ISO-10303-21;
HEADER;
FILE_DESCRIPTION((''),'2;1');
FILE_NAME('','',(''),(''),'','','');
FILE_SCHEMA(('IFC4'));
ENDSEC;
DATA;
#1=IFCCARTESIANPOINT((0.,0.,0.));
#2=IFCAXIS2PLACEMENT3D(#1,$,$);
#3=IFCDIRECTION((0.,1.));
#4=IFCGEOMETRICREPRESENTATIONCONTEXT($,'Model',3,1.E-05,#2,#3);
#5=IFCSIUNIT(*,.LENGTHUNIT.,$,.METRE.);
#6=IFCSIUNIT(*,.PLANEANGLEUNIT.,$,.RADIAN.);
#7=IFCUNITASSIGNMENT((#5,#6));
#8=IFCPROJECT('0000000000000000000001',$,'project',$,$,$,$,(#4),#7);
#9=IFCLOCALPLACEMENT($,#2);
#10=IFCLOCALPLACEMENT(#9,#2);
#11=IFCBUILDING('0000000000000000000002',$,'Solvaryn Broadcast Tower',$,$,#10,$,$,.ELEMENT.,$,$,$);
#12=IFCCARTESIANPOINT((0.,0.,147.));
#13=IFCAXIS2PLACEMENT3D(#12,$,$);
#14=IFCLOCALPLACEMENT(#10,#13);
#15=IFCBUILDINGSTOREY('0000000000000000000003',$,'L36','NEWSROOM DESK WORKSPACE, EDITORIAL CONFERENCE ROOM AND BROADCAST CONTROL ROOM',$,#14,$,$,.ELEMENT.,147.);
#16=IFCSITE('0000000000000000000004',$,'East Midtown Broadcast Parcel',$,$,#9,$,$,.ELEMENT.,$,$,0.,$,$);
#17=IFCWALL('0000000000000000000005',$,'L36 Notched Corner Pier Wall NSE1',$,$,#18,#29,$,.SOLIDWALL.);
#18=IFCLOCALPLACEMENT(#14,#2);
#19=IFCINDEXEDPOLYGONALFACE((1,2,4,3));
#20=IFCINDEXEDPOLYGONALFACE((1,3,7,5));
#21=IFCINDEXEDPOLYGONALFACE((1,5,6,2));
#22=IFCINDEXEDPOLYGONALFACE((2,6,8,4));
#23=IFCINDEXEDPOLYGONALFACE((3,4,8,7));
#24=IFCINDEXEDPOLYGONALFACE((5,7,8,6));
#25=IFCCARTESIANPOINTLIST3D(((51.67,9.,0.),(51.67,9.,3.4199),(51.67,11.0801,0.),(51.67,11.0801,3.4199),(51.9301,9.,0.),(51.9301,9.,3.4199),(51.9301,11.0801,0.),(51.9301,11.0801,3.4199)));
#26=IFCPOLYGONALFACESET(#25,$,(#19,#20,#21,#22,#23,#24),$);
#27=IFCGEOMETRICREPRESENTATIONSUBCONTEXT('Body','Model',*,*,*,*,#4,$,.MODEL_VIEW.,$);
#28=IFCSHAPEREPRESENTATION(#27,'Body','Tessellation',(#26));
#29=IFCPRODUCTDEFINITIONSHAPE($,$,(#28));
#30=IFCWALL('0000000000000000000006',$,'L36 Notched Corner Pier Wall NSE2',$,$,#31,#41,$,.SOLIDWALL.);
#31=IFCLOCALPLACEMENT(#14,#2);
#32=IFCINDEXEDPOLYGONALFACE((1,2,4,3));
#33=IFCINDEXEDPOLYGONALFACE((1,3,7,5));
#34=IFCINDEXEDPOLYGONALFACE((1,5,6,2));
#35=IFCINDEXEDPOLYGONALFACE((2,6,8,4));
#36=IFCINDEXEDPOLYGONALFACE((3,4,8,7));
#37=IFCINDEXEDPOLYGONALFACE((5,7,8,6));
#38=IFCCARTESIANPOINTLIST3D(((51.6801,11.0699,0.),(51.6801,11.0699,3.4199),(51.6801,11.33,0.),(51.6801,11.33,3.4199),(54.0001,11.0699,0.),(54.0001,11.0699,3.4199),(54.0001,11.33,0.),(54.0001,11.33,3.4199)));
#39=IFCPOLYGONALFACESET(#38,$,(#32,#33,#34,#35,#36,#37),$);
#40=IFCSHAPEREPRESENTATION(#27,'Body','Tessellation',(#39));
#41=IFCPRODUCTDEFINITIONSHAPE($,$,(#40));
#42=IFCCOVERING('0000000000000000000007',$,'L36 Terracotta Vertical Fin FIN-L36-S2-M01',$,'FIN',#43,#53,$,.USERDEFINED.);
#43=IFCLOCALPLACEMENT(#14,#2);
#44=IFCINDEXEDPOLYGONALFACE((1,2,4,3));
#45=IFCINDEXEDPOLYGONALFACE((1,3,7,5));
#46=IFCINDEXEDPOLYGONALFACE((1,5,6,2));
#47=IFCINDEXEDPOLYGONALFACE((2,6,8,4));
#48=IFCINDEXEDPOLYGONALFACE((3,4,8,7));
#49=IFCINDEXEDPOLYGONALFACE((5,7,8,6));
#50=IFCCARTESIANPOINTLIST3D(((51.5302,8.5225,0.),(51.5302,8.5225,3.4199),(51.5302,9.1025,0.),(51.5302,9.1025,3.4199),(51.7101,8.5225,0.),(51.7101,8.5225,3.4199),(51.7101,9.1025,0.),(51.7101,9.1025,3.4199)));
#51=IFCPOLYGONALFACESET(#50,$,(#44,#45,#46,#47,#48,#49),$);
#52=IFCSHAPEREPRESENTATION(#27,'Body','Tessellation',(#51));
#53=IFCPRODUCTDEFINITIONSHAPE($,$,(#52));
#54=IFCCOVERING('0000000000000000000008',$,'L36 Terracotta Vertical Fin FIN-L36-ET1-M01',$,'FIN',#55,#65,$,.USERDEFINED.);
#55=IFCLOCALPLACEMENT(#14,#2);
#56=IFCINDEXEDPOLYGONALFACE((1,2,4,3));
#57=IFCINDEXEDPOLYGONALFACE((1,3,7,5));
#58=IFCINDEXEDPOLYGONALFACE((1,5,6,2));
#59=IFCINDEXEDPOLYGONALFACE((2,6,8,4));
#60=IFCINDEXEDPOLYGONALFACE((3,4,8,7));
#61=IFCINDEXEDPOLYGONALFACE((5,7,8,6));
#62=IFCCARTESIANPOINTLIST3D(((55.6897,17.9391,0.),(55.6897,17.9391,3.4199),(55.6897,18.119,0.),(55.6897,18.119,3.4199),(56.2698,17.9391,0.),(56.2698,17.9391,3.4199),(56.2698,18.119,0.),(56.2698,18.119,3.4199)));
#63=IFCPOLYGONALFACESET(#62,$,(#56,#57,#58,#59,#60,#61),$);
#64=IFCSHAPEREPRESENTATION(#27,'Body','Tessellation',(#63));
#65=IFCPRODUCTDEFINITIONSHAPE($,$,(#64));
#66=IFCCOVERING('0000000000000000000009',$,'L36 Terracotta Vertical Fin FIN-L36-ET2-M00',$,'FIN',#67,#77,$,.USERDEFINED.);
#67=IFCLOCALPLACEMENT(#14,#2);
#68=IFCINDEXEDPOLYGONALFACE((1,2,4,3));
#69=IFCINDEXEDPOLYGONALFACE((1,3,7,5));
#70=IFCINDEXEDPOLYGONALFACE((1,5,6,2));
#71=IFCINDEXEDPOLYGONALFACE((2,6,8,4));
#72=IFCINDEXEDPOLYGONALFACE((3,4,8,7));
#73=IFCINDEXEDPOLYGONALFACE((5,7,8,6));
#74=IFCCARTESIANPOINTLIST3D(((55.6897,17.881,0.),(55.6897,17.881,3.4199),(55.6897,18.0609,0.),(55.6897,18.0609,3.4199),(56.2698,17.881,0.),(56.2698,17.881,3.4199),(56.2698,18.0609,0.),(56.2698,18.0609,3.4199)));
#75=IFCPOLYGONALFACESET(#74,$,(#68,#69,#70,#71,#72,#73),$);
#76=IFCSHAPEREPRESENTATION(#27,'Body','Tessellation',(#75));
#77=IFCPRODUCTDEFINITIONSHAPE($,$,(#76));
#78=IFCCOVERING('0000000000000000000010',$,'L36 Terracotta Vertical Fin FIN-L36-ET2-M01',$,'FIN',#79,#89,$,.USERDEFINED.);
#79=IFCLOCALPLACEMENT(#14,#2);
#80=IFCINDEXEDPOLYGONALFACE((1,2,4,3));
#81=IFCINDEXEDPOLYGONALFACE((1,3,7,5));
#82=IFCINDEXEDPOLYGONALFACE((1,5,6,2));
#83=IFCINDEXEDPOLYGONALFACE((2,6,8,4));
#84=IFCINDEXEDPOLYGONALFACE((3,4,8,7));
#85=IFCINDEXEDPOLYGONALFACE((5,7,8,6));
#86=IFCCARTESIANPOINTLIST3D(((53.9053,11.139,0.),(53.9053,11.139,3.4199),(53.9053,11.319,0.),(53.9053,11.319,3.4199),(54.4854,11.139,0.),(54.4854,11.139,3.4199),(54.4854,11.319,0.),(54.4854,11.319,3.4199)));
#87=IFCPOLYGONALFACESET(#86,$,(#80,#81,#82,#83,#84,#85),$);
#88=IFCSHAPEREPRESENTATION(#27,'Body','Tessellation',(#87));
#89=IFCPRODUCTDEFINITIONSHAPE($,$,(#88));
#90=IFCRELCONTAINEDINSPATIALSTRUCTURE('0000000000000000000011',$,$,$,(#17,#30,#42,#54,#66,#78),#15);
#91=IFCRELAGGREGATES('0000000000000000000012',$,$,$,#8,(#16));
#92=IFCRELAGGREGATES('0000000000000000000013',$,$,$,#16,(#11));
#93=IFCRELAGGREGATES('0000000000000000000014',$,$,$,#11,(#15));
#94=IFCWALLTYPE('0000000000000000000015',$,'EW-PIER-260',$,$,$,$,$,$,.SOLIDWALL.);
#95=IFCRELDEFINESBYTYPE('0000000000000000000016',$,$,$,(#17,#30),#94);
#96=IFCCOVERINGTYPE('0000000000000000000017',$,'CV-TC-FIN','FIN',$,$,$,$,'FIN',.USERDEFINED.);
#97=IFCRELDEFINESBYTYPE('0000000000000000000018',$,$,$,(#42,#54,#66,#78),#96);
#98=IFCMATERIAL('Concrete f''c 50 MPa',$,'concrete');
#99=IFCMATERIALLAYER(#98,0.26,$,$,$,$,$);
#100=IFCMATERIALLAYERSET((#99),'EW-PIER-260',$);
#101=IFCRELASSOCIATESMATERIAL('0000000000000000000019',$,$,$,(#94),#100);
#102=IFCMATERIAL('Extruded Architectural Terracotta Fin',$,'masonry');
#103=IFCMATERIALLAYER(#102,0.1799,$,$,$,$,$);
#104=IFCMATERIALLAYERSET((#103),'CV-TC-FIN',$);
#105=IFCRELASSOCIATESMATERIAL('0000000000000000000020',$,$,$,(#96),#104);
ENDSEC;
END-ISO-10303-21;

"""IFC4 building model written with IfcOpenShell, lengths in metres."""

from ifc_helpers import new_model, si_unit, direction, frame, frame_2d, origin, origin_2d, place, context, subcontext, project, spatial, rectangle, extrude, material, layer, layer_set, type_object, element, save


model = new_model("IFC4")

# Units and contexts
model_context = context("Model", 3, precision=1e-05, world=origin(), true_north=direction((0.0, 1.0)))
body_context = subcontext(model_context, "Body", "Model", "MODEL_VIEW")
ifc_project = project(units=[si_unit("LENGTHUNIT", "METRE"), si_unit("PLANEANGLEUNIT", "RADIAN")], contexts=[model_context])

# Site, building, storey
site_placement = place(None, origin())
site = spatial("IfcSite", under=ifc_project, at=site_placement, Name="East Midtown Broadcast Parcel", CompositionType="ELEMENT", RefElevation=0.0)
building_placement = place(site_placement, origin())
building = spatial("IfcBuilding", under=site, at=building_placement, Name="Solvaryn Broadcast Tower", CompositionType="ELEMENT")
storey_placement = place(building_placement, frame((0.0, 0.0, 147.0)))
storey = spatial("IfcBuildingStorey", under=building, at=storey_placement, Name="L36", Description="NEWSROOM DESK WORKSPACE, EDITORIAL CONFERENCE ROOM AND BROADCAST CONTROL ROOM", CompositionType="ELEMENT", Elevation=147.0)

# Walls
ifc_material_1 = material(Name="Concrete f'c 50 MPa", Category="concrete")
ifc_layer_1 = layer(ifc_material_1, 0.26)
ifc_layer_set_1 = layer_set([ifc_layer_1], Name="EW-PIER-260")
wall_type = type_object("IfcWallType", Name="EW-PIER-260", PredefinedType="SOLIDWALL", material=ifc_layer_set_1)
wall_1_placement = place(storey_placement, frame((51.8, 9.0, 0.0), z_axis=(0.0, 0.0, 1.0), x_axis=(0.0, 1.0, 0.0)))
element("IfcWall", 1, at=wall_1_placement, inside=storey, type_object=wall_type, Name="L36 Notched Corner Pier Wall NSE1", PredefinedType="SOLIDWALL", context=body_context, shape_type="SweptSolid", body=[
    extrude(rectangle(XDim=2.0801, YDim=0.26, at=frame_2d((1.04, 0.0))), origin(), (0.0, 0.0, 1.0), 3.4199),
])
wall_2_placement = place(storey_placement, frame((51.6799, 11.2, 0.0), z_axis=(0.0, 0.0, 1.0), x_axis=(1.0, 0.0, 0.0)))
element("IfcWall", 2, at=wall_2_placement, inside=storey, type_object=wall_type, Name="L36 Notched Corner Pier Wall NSE2", PredefinedType="SOLIDWALL", context=body_context, shape_type="SweptSolid", body=[
    extrude(rectangle(XDim=2.3201, YDim=0.26, at=frame_2d((1.1602, 0.0))), origin(), (0.0, 0.0, 1.0), 3.4199),
])

# Coverings
ifc_material_2 = material(Name="Extruded Architectural Terracotta Fin", Category="masonry")
ifc_layer_2 = layer(ifc_material_2, 0.1799)
ifc_layer_set_2 = layer_set([ifc_layer_2], Name="CV-TC-FIN")
covering_type = type_object("IfcCoveringType", Name="CV-TC-FIN", Description="FIN", ElementType="FIN", PredefinedType="USERDEFINED", material=ifc_layer_set_2)
covering_placement = place(storey_placement, frame((51.6201, 8.8125, 0.0), z_axis=(0.0, 0.0, 1.0), x_axis=(1.0, 0.0, 0.0)))
element("IfcCovering", 3, at=covering_placement, inside=storey, type_object=covering_type, Name="L36 Terracotta Vertical Fin FIN-L36-S2-M01", ObjectType="FIN", PredefinedType="USERDEFINED", context=body_context, shape_type="SweptSolid", body=[
    extrude(rectangle(XDim=0.1799, YDim=0.5801, at=origin_2d()), origin(), (0.0, 0.0, 1.0), 3.4199),
])
for number, where, z_axis, x_axis, name in (
    (4, (55.9797, 18.0291, 0.0), (0.0, 0.0, 1.0), (1.0, 0.0, 0.0), "L36 Terracotta Vertical Fin FIN-L36-ET1-M01"),
    (5, (55.9797, 17.9709, 0.0), (0.0, 0.0, 1.0), (1.0, 0.0, 0.0), "L36 Terracotta Vertical Fin FIN-L36-ET2-M00"),
    (6, (54.1953, 11.229, 0.0), (0.0, 0.0, 1.0), (1.0, 0.0, 0.0), "L36 Terracotta Vertical Fin FIN-L36-ET2-M01"),
):
    element("IfcCovering", number, at=place(storey_placement, frame(where, z_axis=z_axis, x_axis=x_axis)), inside=storey, type_object=covering_type, Name=name, ObjectType="FIN", PredefinedType="USERDEFINED", context=body_context, shape_type="SweptSolid", body=[
        extrude(rectangle(XDim=0.5801, YDim=0.1799, at=origin_2d()), origin(), (0.0, 0.0, 1.0), 3.4199),
    ])

save(model, "model.ifc")
